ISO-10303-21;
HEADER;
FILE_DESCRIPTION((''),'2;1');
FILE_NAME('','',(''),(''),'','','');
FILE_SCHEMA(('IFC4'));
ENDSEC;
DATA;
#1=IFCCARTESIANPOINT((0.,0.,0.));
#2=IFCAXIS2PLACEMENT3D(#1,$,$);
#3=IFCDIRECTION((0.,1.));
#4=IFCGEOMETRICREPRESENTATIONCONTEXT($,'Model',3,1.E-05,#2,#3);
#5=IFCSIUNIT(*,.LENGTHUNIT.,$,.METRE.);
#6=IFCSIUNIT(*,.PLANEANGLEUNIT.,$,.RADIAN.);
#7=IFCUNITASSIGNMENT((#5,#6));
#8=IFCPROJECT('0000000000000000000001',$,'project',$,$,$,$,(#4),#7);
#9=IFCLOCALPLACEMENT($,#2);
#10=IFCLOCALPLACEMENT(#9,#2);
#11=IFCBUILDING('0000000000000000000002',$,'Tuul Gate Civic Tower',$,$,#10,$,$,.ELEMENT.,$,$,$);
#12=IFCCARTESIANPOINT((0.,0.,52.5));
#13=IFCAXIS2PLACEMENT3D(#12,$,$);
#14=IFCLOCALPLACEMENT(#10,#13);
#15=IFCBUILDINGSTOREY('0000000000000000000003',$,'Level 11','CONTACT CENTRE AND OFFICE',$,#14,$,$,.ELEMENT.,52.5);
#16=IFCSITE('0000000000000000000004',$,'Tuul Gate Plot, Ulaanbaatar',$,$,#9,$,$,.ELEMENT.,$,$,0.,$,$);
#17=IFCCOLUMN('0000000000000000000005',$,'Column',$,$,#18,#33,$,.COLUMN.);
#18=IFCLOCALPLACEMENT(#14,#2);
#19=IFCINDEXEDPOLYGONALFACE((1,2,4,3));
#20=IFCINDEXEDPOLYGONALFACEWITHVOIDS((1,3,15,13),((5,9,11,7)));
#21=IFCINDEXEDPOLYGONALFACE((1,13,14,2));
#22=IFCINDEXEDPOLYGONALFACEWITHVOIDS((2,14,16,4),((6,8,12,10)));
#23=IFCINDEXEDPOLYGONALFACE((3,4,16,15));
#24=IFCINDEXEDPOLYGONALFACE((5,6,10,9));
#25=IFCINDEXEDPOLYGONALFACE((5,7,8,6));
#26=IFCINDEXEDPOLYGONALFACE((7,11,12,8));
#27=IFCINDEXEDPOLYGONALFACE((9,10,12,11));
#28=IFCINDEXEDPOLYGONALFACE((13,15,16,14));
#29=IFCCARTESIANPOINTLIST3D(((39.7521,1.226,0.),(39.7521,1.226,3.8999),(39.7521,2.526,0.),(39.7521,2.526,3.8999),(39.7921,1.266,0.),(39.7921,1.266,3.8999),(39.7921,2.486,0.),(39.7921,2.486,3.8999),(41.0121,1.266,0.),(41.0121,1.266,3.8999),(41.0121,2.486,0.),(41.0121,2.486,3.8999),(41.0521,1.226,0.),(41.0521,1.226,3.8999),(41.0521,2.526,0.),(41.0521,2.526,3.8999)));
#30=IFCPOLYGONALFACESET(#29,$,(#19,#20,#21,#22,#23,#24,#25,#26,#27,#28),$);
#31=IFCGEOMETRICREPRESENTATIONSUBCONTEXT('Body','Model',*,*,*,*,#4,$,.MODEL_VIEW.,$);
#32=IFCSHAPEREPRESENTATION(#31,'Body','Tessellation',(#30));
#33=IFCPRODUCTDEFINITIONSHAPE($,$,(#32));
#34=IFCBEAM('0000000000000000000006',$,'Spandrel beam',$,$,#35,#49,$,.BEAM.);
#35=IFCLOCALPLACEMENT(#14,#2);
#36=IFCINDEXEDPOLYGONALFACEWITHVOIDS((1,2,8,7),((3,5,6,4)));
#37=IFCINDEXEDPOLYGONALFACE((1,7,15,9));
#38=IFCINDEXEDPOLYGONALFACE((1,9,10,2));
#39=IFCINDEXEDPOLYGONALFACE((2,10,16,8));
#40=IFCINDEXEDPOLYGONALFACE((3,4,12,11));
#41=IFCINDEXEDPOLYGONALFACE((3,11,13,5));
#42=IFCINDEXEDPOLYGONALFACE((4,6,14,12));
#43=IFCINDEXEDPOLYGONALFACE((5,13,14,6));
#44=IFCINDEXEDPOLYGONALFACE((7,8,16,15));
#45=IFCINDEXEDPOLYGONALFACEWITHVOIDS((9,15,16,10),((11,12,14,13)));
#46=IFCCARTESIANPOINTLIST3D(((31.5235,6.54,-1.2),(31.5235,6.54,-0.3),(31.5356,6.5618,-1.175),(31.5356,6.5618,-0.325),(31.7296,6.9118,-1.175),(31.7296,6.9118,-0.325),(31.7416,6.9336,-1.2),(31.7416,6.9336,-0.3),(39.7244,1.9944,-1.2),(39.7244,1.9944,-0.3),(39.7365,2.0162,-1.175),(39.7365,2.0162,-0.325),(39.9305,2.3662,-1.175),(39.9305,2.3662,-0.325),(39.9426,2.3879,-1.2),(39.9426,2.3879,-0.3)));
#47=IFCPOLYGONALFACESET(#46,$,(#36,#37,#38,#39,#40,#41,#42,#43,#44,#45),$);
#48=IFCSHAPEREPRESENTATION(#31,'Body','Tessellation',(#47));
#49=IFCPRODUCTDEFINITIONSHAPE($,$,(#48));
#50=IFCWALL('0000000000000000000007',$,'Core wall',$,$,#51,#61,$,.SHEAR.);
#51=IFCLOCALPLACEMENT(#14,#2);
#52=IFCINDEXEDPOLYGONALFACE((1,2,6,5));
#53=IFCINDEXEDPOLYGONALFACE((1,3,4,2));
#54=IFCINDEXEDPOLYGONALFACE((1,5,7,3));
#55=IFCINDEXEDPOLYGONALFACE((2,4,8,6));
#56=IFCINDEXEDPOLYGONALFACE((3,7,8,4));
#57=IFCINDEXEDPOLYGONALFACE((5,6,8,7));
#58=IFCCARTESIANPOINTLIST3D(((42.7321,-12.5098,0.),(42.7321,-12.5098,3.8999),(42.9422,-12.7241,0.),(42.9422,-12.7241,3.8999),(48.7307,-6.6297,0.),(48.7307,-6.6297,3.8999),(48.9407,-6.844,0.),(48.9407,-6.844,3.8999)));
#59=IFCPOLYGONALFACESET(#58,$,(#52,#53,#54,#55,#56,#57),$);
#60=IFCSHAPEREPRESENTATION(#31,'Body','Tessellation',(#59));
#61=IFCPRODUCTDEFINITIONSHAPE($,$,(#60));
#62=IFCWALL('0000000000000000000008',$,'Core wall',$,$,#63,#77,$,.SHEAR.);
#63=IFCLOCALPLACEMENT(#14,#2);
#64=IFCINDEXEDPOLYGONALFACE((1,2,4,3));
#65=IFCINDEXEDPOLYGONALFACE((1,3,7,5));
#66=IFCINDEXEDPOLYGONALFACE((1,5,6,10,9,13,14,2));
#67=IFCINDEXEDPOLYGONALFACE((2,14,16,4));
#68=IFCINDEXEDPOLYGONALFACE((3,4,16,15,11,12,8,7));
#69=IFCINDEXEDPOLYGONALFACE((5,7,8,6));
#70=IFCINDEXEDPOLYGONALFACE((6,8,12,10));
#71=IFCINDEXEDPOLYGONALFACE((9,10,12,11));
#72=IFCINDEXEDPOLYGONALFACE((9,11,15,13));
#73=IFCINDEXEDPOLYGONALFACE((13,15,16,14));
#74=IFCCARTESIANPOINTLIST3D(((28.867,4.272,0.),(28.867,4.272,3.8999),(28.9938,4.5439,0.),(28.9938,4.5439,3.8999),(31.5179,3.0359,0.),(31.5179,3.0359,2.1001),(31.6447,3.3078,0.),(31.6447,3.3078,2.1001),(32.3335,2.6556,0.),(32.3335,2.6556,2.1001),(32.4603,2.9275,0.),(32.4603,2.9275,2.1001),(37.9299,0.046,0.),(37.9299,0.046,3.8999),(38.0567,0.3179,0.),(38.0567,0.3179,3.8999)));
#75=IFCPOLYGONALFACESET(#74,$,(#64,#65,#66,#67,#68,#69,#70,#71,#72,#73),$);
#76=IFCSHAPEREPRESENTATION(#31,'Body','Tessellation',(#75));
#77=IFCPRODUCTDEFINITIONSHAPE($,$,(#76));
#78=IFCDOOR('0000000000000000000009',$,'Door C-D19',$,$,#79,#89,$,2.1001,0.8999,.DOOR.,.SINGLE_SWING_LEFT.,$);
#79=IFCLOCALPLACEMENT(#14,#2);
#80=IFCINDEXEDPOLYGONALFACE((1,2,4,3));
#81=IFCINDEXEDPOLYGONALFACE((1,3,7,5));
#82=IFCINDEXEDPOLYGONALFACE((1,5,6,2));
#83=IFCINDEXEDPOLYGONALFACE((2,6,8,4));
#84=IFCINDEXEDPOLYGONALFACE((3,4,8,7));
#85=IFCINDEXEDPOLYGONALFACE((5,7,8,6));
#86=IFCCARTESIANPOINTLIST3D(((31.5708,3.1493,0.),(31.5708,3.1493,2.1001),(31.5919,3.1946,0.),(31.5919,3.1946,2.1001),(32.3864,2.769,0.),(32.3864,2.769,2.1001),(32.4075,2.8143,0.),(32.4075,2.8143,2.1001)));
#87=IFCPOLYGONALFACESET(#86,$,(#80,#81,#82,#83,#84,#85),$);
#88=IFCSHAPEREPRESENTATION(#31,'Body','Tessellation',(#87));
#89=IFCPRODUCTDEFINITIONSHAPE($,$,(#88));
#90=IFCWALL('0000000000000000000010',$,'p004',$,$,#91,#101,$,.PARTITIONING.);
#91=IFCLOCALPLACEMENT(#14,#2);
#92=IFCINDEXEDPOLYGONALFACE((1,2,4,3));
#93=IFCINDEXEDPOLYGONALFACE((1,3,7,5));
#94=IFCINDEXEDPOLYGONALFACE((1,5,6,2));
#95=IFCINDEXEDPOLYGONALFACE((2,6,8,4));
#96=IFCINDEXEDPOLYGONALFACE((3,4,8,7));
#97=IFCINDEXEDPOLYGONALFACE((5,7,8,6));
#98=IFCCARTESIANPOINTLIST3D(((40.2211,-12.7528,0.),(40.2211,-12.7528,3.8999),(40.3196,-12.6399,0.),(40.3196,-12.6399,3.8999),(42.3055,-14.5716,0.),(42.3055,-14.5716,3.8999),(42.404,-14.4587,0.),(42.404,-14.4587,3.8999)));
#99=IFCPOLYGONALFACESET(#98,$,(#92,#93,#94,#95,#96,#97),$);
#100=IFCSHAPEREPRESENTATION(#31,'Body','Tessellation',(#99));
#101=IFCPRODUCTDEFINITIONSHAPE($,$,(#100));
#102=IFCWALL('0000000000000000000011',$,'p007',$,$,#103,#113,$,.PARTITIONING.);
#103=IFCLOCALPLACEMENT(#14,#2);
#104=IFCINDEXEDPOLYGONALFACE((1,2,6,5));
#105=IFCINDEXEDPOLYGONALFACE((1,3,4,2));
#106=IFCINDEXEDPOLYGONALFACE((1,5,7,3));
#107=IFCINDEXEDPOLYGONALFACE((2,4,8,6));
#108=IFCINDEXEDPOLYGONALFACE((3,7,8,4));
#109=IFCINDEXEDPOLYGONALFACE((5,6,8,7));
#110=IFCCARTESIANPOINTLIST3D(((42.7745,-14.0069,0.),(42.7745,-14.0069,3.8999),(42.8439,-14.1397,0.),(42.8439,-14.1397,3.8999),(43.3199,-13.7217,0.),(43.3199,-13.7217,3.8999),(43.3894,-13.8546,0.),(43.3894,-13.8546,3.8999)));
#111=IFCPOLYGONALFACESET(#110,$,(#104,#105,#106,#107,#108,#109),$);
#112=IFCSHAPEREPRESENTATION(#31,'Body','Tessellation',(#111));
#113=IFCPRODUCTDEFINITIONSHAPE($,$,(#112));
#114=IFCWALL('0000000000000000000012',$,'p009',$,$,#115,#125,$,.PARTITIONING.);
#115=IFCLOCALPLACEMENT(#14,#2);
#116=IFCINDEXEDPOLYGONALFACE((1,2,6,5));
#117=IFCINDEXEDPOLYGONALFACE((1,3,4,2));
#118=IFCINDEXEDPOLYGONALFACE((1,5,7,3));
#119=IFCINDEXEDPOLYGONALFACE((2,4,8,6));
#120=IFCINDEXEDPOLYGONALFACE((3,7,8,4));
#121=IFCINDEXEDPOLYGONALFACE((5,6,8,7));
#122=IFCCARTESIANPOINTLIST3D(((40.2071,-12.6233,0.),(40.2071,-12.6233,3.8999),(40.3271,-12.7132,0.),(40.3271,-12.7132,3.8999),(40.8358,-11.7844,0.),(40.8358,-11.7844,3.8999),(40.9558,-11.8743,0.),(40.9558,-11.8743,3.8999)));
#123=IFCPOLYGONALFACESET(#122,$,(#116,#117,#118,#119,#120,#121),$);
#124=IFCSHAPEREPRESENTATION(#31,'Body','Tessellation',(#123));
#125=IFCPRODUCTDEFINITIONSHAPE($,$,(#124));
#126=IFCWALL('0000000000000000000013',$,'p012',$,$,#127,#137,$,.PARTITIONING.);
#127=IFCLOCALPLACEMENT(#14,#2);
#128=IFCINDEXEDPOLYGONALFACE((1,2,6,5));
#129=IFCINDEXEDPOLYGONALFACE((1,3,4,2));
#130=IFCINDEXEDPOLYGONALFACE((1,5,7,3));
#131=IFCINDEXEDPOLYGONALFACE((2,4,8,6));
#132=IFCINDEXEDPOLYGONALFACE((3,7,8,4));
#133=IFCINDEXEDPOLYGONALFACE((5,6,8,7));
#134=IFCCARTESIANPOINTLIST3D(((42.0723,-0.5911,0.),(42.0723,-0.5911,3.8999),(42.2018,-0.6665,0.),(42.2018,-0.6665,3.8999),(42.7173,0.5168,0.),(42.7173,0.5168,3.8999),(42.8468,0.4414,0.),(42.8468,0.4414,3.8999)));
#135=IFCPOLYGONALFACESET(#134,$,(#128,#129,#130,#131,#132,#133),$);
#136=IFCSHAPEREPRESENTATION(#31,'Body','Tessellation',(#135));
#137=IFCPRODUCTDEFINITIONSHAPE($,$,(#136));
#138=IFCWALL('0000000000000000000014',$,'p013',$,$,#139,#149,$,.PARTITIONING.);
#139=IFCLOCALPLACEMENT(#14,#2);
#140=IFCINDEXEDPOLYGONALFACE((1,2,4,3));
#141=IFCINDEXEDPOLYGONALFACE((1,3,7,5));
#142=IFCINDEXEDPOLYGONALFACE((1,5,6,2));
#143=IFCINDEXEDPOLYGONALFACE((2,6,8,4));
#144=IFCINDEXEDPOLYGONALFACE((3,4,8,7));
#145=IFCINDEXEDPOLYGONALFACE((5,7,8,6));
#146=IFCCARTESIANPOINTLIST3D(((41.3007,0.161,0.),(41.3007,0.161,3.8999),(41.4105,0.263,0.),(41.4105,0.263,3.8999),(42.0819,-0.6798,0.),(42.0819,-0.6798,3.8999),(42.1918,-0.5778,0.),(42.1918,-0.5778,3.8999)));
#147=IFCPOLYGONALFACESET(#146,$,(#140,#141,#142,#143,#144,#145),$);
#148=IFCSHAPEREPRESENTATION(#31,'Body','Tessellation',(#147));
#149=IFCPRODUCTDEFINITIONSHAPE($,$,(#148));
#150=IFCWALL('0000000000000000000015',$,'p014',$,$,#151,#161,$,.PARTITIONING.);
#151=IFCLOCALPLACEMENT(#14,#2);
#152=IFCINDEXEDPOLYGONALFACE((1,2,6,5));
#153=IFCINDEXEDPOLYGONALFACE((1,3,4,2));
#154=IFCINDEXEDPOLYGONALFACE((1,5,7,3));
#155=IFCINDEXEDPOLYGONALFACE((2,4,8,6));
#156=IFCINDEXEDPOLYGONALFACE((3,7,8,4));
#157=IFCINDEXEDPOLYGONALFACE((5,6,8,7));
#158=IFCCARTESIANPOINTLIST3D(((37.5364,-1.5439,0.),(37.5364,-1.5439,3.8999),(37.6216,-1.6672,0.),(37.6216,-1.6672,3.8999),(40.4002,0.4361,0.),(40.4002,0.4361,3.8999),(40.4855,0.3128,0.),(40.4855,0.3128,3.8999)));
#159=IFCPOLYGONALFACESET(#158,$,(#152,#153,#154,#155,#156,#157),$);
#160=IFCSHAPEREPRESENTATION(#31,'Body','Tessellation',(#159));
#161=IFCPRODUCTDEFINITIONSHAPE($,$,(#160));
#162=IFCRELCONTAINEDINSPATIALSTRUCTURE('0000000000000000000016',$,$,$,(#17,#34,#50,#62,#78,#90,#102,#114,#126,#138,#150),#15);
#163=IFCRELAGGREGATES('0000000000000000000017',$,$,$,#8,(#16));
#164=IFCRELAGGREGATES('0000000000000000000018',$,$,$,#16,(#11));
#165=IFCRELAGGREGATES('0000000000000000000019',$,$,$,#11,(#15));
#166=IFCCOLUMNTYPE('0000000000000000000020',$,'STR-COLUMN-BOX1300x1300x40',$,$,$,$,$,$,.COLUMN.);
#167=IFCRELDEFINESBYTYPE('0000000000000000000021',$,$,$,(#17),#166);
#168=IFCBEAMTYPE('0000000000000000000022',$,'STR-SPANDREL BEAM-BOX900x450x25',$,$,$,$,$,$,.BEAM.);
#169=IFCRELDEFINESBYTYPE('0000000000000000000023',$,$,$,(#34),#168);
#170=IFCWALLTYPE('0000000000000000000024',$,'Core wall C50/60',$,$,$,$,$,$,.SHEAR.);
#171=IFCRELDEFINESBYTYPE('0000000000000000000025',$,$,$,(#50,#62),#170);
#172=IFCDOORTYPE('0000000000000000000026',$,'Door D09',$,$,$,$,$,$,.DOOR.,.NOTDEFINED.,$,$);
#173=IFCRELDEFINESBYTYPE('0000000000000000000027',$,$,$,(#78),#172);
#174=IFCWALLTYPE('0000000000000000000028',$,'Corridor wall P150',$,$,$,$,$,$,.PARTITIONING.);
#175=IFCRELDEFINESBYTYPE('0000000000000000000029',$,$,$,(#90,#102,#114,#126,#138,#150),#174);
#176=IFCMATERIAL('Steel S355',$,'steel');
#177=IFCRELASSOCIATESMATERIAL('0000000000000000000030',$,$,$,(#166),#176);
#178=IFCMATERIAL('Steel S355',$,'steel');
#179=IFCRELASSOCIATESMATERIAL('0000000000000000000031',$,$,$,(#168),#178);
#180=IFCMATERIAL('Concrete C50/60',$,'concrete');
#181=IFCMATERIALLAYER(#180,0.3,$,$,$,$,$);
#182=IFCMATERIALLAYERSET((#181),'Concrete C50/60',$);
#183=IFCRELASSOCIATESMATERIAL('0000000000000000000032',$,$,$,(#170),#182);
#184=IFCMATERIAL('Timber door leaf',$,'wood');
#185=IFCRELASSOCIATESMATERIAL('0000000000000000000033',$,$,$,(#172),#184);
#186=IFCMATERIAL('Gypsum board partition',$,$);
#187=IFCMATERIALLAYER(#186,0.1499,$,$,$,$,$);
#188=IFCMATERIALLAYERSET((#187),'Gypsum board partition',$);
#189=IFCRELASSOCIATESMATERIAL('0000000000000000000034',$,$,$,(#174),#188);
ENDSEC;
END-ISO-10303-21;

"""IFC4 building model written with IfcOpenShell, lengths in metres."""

from ifc_helpers import new_model, si_unit, direction, frame, frame_2d, origin, origin_2d, place, context, subcontext, project, spatial, rectangle, hollow_rectangle, extrude, material, layer, layer_set, material_profile, profile_set, type_object, element, fill, save


model = new_model("IFC4")

# Units and contexts
model_context = context("Model", 3, precision=1e-05, world=origin(), true_north=direction((0.0, 1.0)))
body_context = subcontext(model_context, "Body", "Model", "MODEL_VIEW")
ifc_project = project(units=[si_unit("LENGTHUNIT", "METRE"), si_unit("PLANEANGLEUNIT", "RADIAN")], contexts=[model_context])

# Site, building, storey
site_placement = place(None, origin())
site = spatial("IfcSite", under=ifc_project, at=site_placement, Name="Tuul Gate Plot, Ulaanbaatar", CompositionType="ELEMENT", RefElevation=0.0)
building_placement = place(site_placement, origin())
building = spatial("IfcBuilding", under=site, at=building_placement, Name="Tuul Gate Civic Tower", CompositionType="ELEMENT")
storey_placement = place(building_placement, frame((0.0, 0.0, 52.5)))
storey = spatial("IfcBuildingStorey", under=building, at=storey_placement, Name="Level 11", Description="CONTACT CENTRE AND OFFICE", CompositionType="ELEMENT", Elevation=52.5)

# Column
ifc_material_1 = material(Name="Steel S355", Category="steel")
ifc_material_profile_1 = material_profile(ifc_material_1, hollow_rectangle(XDim=1.3, YDim=1.3, WallThickness=0.04, at=origin_2d()), Name="BOX1300x1300x40")
ifc_profile_set_1 = profile_set([ifc_material_profile_1], Name="Steel S355")
column_type = type_object("IfcColumnType", Name="STR-COLUMN-BOX1300x1300x40", PredefinedType="COLUMN", material=ifc_profile_set_1)
column_placement = place(storey_placement, frame((40.4021, 1.876, 0.0), z_axis=(0.0, 0.0, 1.0), x_axis=(1.0, 0.0, 0.0)))
element("IfcColumn", 1, at=column_placement, inside=storey, type_object=column_type, Name="Column", PredefinedType="COLUMN", context=body_context, shape_type="SweptSolid", body=[
    extrude(hollow_rectangle(XDim=1.3, YDim=1.3, WallThickness=0.04, at=origin_2d()), origin(), (0.0, 0.0, 1.0), 3.8999),
])

# Beam
ifc_material_2 = material(Name="Steel S355", Category="steel")
ifc_material_profile_2 = material_profile(ifc_material_2, hollow_rectangle(XDim=0.45, YDim=0.8999, WallThickness=0.0249, at=origin_2d()), Name="BOX900x450x25")
ifc_profile_set_2 = profile_set([ifc_material_profile_2], Name="Steel S355")
beam_type = type_object("IfcBeamType", Name="STR-SPANDREL BEAM-BOX900x450x25", PredefinedType="BEAM", material=ifc_profile_set_2)
beam_placement = place(storey_placement, frame((39.8335, 2.1912, -0.75), z_axis=(-0.874628, 0.484794, 0.0), x_axis=(-0.484794, -0.874628, 0.0)))
element("IfcBeam", 2, at=beam_placement, inside=storey, type_object=beam_type, Name="Spandrel beam", PredefinedType="BEAM", context=body_context, shape_type="SweptSolid", body=[
    extrude(hollow_rectangle(XDim=0.45, YDim=0.8999, WallThickness=0.0249, at=origin_2d()), origin(), (0.0, 0.0, 1.0), 9.3765),
])

# Wall
ifc_material_3 = material(Name="Concrete C50/60", Category="concrete")
ifc_layer_1 = layer(ifc_material_3, 0.3)
ifc_layer_set_1 = layer_set([ifc_layer_1], Name="Concrete C50/60")
wall_type_1 = type_object("IfcWallType", Name="Core wall C50/60", PredefinedType="SHEAR", material=ifc_layer_set_1)
wall_1_placement = place(storey_placement, frame((42.8372, -12.6169, 0.0), z_axis=(0.0, 0.0, 1.0), x_axis=(0.71412, 0.700023, 0.0)))
element("IfcWall", 3, at=wall_1_placement, inside=storey, type_object=wall_type_1, Name="Core wall", PredefinedType="SHEAR", context=body_context, shape_type="SweptSolid", body=[
    extrude(rectangle(XDim=8.3999, YDim=0.3, at=frame_2d((4.2, 0.0))), origin(), (0.0, 0.0, 1.0), 3.8999),
])

# Wall, opening, door
wall_2_placement = place(storey_placement, frame((37.9934, 0.1819, 0.0), z_axis=(0.0, 0.0, 1.0), x_axis=(-0.90631, 0.422613, 0.0)))
wall_2 = element("IfcWall", 4, at=wall_2_placement, inside=storey, type_object=wall_type_1, Name="Core wall", PredefinedType="SHEAR", context=body_context, shape_type="SweptSolid", body=[
    extrude(rectangle(XDim=9.9998, YDim=0.3, at=frame_2d((5.0, 0.0))), origin(), (0.0, 0.0, 1.0), 3.8999),
])
opening_1_placement = place(wall_2_placement, frame((6.175, 0.0, 0.0)))
opening_1 = element("IfcOpeningElement", 5, at=opening_1_placement, cuts=wall_2, PredefinedType="OPENING", context=body_context, shape_type="SweptSolid", body=[
    extrude(rectangle(XDim=0.8999, YDim=2.1001, at=frame_2d((0.45, 1.05))), frame((0.0, 0.1602, 0.0), z_axis=(0.0, -1.0, 0.0), x_axis=(1.0, 0.0, 0.0)), (0.0, 0.0, 1.0), 0.3201),
])
ifc_material_4 = material(Name="Timber door leaf", Category="wood")
door_type_1 = type_object("IfcDoorType", Name="Door D09", OperationType="NOTDEFINED", PredefinedType="DOOR", material=ifc_material_4)
door_1_placement = place(opening_1_placement, origin())
door_1 = element("IfcDoor", 6, at=door_1_placement, inside=storey, type_object=door_type_1, Name="Door C-D19", OperationType="SINGLE_SWING_LEFT", OverallHeight=2.1001, OverallWidth=0.8999, PredefinedType="DOOR", context=body_context, shape_type="SweptSolid", body=[
    extrude(rectangle(XDim=0.8999, YDim=2.1001, at=frame_2d((0.45, 1.05))), frame((0.0, 0.0249, 0.0), z_axis=(0.0, -1.0, 0.0), x_axis=(1.0, 0.0, 0.0)), (0.0, 0.0, 1.0), 0.05),
])
fill(opening_1, door_1)

# Walls
ifc_material_5 = material(Name="Gypsum board partition")
ifc_layer_2 = layer(ifc_material_5, 0.1499)
ifc_layer_set_2 = layer_set([ifc_layer_2], Name="Gypsum board partition")
wall_type_2 = type_object("IfcWallType", Name="Corridor wall P150", PredefinedType="PARTITIONING", material=ifc_layer_set_2)
wall_3_placement = place(storey_placement, frame((40.2703, -12.6963, 0.0), z_axis=(0.0, 0.0, 1.0), x_axis=(0.753483, -0.657467, 0.0)))
element("IfcWall", 7, at=wall_3_placement, inside=storey, type_object=wall_type_2, Name="p004", PredefinedType="PARTITIONING", context=body_context, shape_type="SweptSolid", body=[
    extrude(rectangle(XDim=2.7664, YDim=0.1499, at=frame_2d((1.3833, 0.0))), origin(), (0.0, 0.0, 1.0), 3.8999),
])
wall_4_placement = place(storey_placement, frame((42.8093, -14.0732, 0.0), z_axis=(0.0, 0.0, 1.0), x_axis=(0.886188, 0.463325, 0.0)))
element("IfcWall", 8, at=wall_4_placement, inside=storey, type_object=wall_type_2, Name="p007", PredefinedType="PARTITIONING", context=body_context, shape_type="SweptSolid", body=[
    extrude(rectangle(XDim=0.6155, YDim=0.1499, at=frame_2d((0.3076, 0.0))), origin(), (0.0, 0.0, 1.0), 3.8999),
])
wall_5_placement = place(storey_placement, frame((40.2671, -12.6682, 0.0), z_axis=(0.0, 0.0, 1.0), x_axis=(0.599702, 0.800224, 0.0)))
element("IfcWall", 9, at=wall_5_placement, inside=storey, type_object=wall_type_2, Name="p009", PredefinedType="PARTITIONING", context=body_context, shape_type="SweptSolid", body=[
    extrude(rectangle(XDim=1.0483, YDim=0.1499, at=frame_2d((0.5242, 0.0))), origin(), (0.0, 0.0, 1.0), 3.8999),
])
wall_6_placement = place(storey_placement, frame((42.137, -0.6289, 0.0), z_axis=(0.0, 0.0, 1.0), x_axis=(0.503137, 0.864207, 0.0)))
element("IfcWall", 10, at=wall_6_placement, inside=storey, type_object=wall_type_2, Name="p012", PredefinedType="PARTITIONING", context=body_context, shape_type="SweptSolid", body=[
    extrude(rectangle(XDim=1.282, YDim=0.1499, at=frame_2d((0.6411, 0.0))), origin(), (0.0, 0.0, 1.0), 3.8999),
])
wall_7_placement = place(storey_placement, frame((41.3557, 0.2119, 0.0), z_axis=(0.0, 0.0, 1.0), x_axis=(0.68068, -0.732581, 0.0)))
element("IfcWall", 11, at=wall_7_placement, inside=storey, type_object=wall_type_2, Name="p013", PredefinedType="PARTITIONING", context=body_context, shape_type="SweptSolid", body=[
    extrude(rectangle(XDim=1.1477, YDim=0.1499, at=frame_2d((0.5737, 0.0))), origin(), (0.0, 0.0, 1.0), 3.8999),
])
wall_8_placement = place(storey_placement, frame((37.5791, -1.6055, 0.0), z_axis=(0.0, 0.0, 1.0), x_axis=(0.822545, 0.568699, 0.0)))
element("IfcWall", 12, at=wall_8_placement, inside=storey, type_object=wall_type_2, Name="p014", PredefinedType="PARTITIONING", context=body_context, shape_type="SweptSolid", body=[
    extrude(rectangle(XDim=3.4817, YDim=0.1499, at=frame_2d((1.7407, 0.0))), origin(), (0.0, 0.0, 1.0), 3.8999),
])

save(model, "model.ifc")
